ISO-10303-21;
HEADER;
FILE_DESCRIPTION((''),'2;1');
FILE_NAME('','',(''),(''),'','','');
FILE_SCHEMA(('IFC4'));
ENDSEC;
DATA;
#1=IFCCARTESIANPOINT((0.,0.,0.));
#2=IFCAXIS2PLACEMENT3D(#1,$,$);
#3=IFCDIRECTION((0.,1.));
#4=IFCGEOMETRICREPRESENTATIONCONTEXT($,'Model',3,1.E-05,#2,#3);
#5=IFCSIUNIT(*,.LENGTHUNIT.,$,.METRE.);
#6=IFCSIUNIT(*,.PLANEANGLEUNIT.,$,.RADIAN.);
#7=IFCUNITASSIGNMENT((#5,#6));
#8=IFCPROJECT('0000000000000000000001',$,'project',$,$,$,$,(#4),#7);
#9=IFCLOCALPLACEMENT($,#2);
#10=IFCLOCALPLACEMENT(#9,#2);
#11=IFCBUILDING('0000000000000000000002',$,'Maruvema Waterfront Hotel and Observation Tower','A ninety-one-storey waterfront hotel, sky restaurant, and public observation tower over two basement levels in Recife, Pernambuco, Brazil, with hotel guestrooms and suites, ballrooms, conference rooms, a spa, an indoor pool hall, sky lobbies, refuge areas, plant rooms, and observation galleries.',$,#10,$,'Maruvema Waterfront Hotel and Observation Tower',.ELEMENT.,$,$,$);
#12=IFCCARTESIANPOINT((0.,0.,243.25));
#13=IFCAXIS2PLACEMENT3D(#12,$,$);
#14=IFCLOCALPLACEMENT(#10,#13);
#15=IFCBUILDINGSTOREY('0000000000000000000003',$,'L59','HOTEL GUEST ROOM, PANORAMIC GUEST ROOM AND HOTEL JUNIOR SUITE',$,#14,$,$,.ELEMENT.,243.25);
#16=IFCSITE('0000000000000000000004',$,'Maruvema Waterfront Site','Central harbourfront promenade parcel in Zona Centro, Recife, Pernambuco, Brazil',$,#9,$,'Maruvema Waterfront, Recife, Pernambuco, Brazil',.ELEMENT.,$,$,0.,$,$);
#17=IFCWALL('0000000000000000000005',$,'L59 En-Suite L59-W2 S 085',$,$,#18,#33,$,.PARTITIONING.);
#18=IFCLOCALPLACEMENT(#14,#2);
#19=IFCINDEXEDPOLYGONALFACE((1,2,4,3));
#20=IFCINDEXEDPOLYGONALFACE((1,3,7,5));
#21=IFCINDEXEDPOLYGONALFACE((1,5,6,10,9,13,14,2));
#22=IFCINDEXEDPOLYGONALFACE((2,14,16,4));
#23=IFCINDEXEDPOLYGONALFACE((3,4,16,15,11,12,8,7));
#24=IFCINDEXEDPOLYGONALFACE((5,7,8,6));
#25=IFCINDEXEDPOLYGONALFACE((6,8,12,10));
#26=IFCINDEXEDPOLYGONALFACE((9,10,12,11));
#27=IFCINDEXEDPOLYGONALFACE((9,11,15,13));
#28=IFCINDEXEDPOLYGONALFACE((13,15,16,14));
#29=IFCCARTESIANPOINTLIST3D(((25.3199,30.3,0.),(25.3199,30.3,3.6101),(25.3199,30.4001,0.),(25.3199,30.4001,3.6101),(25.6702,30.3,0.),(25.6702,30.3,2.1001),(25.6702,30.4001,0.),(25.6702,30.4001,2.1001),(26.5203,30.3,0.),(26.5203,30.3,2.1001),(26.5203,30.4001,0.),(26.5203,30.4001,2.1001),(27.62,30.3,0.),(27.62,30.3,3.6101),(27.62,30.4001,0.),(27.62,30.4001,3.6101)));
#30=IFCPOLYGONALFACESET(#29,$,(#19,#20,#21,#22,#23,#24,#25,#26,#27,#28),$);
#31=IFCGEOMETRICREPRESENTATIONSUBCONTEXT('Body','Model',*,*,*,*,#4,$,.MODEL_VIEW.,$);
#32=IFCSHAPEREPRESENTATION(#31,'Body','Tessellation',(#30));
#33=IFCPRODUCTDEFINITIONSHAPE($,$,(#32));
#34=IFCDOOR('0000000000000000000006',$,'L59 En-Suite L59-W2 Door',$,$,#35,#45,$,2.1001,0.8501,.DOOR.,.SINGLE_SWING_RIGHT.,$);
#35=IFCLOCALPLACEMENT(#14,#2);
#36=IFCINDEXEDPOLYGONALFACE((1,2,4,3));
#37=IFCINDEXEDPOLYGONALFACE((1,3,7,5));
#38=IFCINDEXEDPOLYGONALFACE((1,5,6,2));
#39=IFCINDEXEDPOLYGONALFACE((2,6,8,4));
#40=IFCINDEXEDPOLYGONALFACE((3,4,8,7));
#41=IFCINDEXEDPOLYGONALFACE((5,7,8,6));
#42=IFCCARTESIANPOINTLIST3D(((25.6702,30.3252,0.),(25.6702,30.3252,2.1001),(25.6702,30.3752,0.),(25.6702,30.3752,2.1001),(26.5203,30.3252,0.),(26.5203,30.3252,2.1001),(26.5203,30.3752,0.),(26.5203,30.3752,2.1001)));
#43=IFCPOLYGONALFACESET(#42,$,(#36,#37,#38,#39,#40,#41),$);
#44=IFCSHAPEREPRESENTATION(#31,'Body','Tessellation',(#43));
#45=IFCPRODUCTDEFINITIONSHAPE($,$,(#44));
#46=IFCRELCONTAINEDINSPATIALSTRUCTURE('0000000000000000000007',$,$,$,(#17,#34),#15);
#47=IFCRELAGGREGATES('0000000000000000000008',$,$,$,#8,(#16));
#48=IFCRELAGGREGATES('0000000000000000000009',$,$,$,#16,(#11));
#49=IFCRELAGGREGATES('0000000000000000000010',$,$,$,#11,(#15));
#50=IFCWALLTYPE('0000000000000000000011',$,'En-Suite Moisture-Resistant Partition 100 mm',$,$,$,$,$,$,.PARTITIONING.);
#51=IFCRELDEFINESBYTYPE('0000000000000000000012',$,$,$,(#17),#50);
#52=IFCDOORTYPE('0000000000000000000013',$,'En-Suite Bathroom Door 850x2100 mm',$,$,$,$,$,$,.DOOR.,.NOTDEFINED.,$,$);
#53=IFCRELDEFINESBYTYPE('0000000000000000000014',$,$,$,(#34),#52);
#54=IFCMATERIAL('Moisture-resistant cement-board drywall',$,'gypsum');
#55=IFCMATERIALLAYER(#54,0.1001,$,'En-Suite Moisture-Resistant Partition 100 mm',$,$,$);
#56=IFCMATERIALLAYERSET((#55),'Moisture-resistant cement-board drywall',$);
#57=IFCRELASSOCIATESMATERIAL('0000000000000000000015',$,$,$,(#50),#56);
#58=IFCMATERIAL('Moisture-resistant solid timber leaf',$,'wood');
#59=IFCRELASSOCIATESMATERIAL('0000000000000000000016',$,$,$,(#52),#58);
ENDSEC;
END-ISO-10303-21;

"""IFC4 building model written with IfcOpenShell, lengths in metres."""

from ifc_helpers import new_model, si_unit, direction, frame, frame_2d, origin, place, context, subcontext, project, spatial, rectangle, extrude, material, layer, layer_set, type_object, element, fill, save


model = new_model("IFC4")

# Units and contexts
model_context = context("Model", 3, precision=1e-05, world=origin(), true_north=direction((0.0, 1.0)))
body_context = subcontext(model_context, "Body", "Model", "MODEL_VIEW")
ifc_project = project(units=[si_unit("LENGTHUNIT", "METRE"), si_unit("PLANEANGLEUNIT", "RADIAN")], contexts=[model_context])

# Site, building, storey
site_placement = place(None, origin())
site = spatial("IfcSite", under=ifc_project, at=site_placement, Name="Maruvema Waterfront Site", Description="Central harbourfront promenade parcel in Zona Centro, Recife, Pernambuco, Brazil", LongName="Maruvema Waterfront, Recife, Pernambuco, Brazil", CompositionType="ELEMENT", RefElevation=0.0)
building_placement = place(site_placement, origin())
building = spatial("IfcBuilding", under=site, at=building_placement, Name="Maruvema Waterfront Hotel and Observation Tower", Description="A ninety-one-storey waterfront hotel, sky restaurant, and public observation tower over two basement levels in Recife, Pernambuco, Brazil, with hotel guestrooms and suites, ballrooms, conference rooms, a spa, an indoor pool hall, sky lobbies, refuge areas, plant rooms, and observation galleries.", LongName="Maruvema Waterfront Hotel and Observation Tower", CompositionType="ELEMENT")
storey_placement = place(building_placement, frame((0.0, 0.0, 243.25)))
storey = spatial("IfcBuildingStorey", under=building, at=storey_placement, Name="L59", Description="HOTEL GUEST ROOM, PANORAMIC GUEST ROOM AND HOTEL JUNIOR SUITE", CompositionType="ELEMENT", Elevation=243.25)

# Shared definitions
ifc_material_1 = material(Name="Moisture-resistant cement-board drywall", Category="gypsum")
ifc_layer_1 = layer(ifc_material_1, 0.1001, Name="En-Suite Moisture-Resistant Partition 100 mm")
ifc_layer_set_1 = layer_set([ifc_layer_1], Name="Moisture-resistant cement-board drywall")
wall_type_1 = type_object("IfcWallType", Name="En-Suite Moisture-Resistant Partition 100 mm", PredefinedType="PARTITIONING", material=ifc_layer_set_1)

# Shared definitions
ifc_material_2 = material(Name="Moisture-resistant solid timber leaf", Category="wood")
door_type_1 = type_object("IfcDoorType", Name="En-Suite Bathroom Door 850x2100 mm", OperationType="NOTDEFINED", PredefinedType="DOOR", material=ifc_material_2)

# Wall, opening, door
wall_1_placement = place(storey_placement, frame((25.3201, 30.3501, 0.0), z_axis=(0.0, 0.0, 1.0), x_axis=(1.0, 0.0, 0.0)))
wall_1 = element("IfcWall", 1, at=wall_1_placement, inside=storey, type_object=wall_type_1, Name="L59 En-Suite L59-W2 S 085", PredefinedType="PARTITIONING", context=body_context, shape_type="SweptSolid", body=[
    extrude(rectangle(XDim=2.3, YDim=0.1001, at=frame_2d((1.1499, 0.0))), origin(), (0.0, 0.0, 1.0), 3.6101),
])
opening_1_placement = place(wall_1_placement, frame((0.3501, 0.0, 0.0)))
opening_1 = element("IfcOpeningElement", 2, at=opening_1_placement, cuts=wall_1, PredefinedType="OPENING", context=body_context, shape_type="SweptSolid", body=[
    extrude(rectangle(XDim=0.8501, YDim=2.1001, at=frame_2d((0.425, 1.05))), frame((0.0, 0.0601, 0.0), z_axis=(0.0, -1.0, 0.0), x_axis=(1.0, 0.0, 0.0)), (0.0, 0.0, 1.0), 0.1201),
])
door_1_placement = place(opening_1_placement, frame((0.8501, 0.0, 0.0), z_axis=(0.0, 0.0, 1.0), x_axis=(-1.0, 0.0, 0.0)))
door_1 = element("IfcDoor", 3, at=door_1_placement, inside=storey, type_object=door_type_1, Name="L59 En-Suite L59-W2 Door", OperationType="SINGLE_SWING_RIGHT", OverallHeight=2.1001, OverallWidth=0.8501, PredefinedType="DOOR", context=body_context, shape_type="SweptSolid", body=[
    extrude(rectangle(XDim=0.8501, YDim=2.1001, at=frame_2d((0.425, 1.05))), frame((0.0, 0.0249, 0.0), z_axis=(0.0, -1.0, 0.0), x_axis=(1.0, 0.0, 0.0)), (0.0, 0.0, 1.0), 0.05),
])
fill(opening_1, door_1)

save(model, "model.ifc")
